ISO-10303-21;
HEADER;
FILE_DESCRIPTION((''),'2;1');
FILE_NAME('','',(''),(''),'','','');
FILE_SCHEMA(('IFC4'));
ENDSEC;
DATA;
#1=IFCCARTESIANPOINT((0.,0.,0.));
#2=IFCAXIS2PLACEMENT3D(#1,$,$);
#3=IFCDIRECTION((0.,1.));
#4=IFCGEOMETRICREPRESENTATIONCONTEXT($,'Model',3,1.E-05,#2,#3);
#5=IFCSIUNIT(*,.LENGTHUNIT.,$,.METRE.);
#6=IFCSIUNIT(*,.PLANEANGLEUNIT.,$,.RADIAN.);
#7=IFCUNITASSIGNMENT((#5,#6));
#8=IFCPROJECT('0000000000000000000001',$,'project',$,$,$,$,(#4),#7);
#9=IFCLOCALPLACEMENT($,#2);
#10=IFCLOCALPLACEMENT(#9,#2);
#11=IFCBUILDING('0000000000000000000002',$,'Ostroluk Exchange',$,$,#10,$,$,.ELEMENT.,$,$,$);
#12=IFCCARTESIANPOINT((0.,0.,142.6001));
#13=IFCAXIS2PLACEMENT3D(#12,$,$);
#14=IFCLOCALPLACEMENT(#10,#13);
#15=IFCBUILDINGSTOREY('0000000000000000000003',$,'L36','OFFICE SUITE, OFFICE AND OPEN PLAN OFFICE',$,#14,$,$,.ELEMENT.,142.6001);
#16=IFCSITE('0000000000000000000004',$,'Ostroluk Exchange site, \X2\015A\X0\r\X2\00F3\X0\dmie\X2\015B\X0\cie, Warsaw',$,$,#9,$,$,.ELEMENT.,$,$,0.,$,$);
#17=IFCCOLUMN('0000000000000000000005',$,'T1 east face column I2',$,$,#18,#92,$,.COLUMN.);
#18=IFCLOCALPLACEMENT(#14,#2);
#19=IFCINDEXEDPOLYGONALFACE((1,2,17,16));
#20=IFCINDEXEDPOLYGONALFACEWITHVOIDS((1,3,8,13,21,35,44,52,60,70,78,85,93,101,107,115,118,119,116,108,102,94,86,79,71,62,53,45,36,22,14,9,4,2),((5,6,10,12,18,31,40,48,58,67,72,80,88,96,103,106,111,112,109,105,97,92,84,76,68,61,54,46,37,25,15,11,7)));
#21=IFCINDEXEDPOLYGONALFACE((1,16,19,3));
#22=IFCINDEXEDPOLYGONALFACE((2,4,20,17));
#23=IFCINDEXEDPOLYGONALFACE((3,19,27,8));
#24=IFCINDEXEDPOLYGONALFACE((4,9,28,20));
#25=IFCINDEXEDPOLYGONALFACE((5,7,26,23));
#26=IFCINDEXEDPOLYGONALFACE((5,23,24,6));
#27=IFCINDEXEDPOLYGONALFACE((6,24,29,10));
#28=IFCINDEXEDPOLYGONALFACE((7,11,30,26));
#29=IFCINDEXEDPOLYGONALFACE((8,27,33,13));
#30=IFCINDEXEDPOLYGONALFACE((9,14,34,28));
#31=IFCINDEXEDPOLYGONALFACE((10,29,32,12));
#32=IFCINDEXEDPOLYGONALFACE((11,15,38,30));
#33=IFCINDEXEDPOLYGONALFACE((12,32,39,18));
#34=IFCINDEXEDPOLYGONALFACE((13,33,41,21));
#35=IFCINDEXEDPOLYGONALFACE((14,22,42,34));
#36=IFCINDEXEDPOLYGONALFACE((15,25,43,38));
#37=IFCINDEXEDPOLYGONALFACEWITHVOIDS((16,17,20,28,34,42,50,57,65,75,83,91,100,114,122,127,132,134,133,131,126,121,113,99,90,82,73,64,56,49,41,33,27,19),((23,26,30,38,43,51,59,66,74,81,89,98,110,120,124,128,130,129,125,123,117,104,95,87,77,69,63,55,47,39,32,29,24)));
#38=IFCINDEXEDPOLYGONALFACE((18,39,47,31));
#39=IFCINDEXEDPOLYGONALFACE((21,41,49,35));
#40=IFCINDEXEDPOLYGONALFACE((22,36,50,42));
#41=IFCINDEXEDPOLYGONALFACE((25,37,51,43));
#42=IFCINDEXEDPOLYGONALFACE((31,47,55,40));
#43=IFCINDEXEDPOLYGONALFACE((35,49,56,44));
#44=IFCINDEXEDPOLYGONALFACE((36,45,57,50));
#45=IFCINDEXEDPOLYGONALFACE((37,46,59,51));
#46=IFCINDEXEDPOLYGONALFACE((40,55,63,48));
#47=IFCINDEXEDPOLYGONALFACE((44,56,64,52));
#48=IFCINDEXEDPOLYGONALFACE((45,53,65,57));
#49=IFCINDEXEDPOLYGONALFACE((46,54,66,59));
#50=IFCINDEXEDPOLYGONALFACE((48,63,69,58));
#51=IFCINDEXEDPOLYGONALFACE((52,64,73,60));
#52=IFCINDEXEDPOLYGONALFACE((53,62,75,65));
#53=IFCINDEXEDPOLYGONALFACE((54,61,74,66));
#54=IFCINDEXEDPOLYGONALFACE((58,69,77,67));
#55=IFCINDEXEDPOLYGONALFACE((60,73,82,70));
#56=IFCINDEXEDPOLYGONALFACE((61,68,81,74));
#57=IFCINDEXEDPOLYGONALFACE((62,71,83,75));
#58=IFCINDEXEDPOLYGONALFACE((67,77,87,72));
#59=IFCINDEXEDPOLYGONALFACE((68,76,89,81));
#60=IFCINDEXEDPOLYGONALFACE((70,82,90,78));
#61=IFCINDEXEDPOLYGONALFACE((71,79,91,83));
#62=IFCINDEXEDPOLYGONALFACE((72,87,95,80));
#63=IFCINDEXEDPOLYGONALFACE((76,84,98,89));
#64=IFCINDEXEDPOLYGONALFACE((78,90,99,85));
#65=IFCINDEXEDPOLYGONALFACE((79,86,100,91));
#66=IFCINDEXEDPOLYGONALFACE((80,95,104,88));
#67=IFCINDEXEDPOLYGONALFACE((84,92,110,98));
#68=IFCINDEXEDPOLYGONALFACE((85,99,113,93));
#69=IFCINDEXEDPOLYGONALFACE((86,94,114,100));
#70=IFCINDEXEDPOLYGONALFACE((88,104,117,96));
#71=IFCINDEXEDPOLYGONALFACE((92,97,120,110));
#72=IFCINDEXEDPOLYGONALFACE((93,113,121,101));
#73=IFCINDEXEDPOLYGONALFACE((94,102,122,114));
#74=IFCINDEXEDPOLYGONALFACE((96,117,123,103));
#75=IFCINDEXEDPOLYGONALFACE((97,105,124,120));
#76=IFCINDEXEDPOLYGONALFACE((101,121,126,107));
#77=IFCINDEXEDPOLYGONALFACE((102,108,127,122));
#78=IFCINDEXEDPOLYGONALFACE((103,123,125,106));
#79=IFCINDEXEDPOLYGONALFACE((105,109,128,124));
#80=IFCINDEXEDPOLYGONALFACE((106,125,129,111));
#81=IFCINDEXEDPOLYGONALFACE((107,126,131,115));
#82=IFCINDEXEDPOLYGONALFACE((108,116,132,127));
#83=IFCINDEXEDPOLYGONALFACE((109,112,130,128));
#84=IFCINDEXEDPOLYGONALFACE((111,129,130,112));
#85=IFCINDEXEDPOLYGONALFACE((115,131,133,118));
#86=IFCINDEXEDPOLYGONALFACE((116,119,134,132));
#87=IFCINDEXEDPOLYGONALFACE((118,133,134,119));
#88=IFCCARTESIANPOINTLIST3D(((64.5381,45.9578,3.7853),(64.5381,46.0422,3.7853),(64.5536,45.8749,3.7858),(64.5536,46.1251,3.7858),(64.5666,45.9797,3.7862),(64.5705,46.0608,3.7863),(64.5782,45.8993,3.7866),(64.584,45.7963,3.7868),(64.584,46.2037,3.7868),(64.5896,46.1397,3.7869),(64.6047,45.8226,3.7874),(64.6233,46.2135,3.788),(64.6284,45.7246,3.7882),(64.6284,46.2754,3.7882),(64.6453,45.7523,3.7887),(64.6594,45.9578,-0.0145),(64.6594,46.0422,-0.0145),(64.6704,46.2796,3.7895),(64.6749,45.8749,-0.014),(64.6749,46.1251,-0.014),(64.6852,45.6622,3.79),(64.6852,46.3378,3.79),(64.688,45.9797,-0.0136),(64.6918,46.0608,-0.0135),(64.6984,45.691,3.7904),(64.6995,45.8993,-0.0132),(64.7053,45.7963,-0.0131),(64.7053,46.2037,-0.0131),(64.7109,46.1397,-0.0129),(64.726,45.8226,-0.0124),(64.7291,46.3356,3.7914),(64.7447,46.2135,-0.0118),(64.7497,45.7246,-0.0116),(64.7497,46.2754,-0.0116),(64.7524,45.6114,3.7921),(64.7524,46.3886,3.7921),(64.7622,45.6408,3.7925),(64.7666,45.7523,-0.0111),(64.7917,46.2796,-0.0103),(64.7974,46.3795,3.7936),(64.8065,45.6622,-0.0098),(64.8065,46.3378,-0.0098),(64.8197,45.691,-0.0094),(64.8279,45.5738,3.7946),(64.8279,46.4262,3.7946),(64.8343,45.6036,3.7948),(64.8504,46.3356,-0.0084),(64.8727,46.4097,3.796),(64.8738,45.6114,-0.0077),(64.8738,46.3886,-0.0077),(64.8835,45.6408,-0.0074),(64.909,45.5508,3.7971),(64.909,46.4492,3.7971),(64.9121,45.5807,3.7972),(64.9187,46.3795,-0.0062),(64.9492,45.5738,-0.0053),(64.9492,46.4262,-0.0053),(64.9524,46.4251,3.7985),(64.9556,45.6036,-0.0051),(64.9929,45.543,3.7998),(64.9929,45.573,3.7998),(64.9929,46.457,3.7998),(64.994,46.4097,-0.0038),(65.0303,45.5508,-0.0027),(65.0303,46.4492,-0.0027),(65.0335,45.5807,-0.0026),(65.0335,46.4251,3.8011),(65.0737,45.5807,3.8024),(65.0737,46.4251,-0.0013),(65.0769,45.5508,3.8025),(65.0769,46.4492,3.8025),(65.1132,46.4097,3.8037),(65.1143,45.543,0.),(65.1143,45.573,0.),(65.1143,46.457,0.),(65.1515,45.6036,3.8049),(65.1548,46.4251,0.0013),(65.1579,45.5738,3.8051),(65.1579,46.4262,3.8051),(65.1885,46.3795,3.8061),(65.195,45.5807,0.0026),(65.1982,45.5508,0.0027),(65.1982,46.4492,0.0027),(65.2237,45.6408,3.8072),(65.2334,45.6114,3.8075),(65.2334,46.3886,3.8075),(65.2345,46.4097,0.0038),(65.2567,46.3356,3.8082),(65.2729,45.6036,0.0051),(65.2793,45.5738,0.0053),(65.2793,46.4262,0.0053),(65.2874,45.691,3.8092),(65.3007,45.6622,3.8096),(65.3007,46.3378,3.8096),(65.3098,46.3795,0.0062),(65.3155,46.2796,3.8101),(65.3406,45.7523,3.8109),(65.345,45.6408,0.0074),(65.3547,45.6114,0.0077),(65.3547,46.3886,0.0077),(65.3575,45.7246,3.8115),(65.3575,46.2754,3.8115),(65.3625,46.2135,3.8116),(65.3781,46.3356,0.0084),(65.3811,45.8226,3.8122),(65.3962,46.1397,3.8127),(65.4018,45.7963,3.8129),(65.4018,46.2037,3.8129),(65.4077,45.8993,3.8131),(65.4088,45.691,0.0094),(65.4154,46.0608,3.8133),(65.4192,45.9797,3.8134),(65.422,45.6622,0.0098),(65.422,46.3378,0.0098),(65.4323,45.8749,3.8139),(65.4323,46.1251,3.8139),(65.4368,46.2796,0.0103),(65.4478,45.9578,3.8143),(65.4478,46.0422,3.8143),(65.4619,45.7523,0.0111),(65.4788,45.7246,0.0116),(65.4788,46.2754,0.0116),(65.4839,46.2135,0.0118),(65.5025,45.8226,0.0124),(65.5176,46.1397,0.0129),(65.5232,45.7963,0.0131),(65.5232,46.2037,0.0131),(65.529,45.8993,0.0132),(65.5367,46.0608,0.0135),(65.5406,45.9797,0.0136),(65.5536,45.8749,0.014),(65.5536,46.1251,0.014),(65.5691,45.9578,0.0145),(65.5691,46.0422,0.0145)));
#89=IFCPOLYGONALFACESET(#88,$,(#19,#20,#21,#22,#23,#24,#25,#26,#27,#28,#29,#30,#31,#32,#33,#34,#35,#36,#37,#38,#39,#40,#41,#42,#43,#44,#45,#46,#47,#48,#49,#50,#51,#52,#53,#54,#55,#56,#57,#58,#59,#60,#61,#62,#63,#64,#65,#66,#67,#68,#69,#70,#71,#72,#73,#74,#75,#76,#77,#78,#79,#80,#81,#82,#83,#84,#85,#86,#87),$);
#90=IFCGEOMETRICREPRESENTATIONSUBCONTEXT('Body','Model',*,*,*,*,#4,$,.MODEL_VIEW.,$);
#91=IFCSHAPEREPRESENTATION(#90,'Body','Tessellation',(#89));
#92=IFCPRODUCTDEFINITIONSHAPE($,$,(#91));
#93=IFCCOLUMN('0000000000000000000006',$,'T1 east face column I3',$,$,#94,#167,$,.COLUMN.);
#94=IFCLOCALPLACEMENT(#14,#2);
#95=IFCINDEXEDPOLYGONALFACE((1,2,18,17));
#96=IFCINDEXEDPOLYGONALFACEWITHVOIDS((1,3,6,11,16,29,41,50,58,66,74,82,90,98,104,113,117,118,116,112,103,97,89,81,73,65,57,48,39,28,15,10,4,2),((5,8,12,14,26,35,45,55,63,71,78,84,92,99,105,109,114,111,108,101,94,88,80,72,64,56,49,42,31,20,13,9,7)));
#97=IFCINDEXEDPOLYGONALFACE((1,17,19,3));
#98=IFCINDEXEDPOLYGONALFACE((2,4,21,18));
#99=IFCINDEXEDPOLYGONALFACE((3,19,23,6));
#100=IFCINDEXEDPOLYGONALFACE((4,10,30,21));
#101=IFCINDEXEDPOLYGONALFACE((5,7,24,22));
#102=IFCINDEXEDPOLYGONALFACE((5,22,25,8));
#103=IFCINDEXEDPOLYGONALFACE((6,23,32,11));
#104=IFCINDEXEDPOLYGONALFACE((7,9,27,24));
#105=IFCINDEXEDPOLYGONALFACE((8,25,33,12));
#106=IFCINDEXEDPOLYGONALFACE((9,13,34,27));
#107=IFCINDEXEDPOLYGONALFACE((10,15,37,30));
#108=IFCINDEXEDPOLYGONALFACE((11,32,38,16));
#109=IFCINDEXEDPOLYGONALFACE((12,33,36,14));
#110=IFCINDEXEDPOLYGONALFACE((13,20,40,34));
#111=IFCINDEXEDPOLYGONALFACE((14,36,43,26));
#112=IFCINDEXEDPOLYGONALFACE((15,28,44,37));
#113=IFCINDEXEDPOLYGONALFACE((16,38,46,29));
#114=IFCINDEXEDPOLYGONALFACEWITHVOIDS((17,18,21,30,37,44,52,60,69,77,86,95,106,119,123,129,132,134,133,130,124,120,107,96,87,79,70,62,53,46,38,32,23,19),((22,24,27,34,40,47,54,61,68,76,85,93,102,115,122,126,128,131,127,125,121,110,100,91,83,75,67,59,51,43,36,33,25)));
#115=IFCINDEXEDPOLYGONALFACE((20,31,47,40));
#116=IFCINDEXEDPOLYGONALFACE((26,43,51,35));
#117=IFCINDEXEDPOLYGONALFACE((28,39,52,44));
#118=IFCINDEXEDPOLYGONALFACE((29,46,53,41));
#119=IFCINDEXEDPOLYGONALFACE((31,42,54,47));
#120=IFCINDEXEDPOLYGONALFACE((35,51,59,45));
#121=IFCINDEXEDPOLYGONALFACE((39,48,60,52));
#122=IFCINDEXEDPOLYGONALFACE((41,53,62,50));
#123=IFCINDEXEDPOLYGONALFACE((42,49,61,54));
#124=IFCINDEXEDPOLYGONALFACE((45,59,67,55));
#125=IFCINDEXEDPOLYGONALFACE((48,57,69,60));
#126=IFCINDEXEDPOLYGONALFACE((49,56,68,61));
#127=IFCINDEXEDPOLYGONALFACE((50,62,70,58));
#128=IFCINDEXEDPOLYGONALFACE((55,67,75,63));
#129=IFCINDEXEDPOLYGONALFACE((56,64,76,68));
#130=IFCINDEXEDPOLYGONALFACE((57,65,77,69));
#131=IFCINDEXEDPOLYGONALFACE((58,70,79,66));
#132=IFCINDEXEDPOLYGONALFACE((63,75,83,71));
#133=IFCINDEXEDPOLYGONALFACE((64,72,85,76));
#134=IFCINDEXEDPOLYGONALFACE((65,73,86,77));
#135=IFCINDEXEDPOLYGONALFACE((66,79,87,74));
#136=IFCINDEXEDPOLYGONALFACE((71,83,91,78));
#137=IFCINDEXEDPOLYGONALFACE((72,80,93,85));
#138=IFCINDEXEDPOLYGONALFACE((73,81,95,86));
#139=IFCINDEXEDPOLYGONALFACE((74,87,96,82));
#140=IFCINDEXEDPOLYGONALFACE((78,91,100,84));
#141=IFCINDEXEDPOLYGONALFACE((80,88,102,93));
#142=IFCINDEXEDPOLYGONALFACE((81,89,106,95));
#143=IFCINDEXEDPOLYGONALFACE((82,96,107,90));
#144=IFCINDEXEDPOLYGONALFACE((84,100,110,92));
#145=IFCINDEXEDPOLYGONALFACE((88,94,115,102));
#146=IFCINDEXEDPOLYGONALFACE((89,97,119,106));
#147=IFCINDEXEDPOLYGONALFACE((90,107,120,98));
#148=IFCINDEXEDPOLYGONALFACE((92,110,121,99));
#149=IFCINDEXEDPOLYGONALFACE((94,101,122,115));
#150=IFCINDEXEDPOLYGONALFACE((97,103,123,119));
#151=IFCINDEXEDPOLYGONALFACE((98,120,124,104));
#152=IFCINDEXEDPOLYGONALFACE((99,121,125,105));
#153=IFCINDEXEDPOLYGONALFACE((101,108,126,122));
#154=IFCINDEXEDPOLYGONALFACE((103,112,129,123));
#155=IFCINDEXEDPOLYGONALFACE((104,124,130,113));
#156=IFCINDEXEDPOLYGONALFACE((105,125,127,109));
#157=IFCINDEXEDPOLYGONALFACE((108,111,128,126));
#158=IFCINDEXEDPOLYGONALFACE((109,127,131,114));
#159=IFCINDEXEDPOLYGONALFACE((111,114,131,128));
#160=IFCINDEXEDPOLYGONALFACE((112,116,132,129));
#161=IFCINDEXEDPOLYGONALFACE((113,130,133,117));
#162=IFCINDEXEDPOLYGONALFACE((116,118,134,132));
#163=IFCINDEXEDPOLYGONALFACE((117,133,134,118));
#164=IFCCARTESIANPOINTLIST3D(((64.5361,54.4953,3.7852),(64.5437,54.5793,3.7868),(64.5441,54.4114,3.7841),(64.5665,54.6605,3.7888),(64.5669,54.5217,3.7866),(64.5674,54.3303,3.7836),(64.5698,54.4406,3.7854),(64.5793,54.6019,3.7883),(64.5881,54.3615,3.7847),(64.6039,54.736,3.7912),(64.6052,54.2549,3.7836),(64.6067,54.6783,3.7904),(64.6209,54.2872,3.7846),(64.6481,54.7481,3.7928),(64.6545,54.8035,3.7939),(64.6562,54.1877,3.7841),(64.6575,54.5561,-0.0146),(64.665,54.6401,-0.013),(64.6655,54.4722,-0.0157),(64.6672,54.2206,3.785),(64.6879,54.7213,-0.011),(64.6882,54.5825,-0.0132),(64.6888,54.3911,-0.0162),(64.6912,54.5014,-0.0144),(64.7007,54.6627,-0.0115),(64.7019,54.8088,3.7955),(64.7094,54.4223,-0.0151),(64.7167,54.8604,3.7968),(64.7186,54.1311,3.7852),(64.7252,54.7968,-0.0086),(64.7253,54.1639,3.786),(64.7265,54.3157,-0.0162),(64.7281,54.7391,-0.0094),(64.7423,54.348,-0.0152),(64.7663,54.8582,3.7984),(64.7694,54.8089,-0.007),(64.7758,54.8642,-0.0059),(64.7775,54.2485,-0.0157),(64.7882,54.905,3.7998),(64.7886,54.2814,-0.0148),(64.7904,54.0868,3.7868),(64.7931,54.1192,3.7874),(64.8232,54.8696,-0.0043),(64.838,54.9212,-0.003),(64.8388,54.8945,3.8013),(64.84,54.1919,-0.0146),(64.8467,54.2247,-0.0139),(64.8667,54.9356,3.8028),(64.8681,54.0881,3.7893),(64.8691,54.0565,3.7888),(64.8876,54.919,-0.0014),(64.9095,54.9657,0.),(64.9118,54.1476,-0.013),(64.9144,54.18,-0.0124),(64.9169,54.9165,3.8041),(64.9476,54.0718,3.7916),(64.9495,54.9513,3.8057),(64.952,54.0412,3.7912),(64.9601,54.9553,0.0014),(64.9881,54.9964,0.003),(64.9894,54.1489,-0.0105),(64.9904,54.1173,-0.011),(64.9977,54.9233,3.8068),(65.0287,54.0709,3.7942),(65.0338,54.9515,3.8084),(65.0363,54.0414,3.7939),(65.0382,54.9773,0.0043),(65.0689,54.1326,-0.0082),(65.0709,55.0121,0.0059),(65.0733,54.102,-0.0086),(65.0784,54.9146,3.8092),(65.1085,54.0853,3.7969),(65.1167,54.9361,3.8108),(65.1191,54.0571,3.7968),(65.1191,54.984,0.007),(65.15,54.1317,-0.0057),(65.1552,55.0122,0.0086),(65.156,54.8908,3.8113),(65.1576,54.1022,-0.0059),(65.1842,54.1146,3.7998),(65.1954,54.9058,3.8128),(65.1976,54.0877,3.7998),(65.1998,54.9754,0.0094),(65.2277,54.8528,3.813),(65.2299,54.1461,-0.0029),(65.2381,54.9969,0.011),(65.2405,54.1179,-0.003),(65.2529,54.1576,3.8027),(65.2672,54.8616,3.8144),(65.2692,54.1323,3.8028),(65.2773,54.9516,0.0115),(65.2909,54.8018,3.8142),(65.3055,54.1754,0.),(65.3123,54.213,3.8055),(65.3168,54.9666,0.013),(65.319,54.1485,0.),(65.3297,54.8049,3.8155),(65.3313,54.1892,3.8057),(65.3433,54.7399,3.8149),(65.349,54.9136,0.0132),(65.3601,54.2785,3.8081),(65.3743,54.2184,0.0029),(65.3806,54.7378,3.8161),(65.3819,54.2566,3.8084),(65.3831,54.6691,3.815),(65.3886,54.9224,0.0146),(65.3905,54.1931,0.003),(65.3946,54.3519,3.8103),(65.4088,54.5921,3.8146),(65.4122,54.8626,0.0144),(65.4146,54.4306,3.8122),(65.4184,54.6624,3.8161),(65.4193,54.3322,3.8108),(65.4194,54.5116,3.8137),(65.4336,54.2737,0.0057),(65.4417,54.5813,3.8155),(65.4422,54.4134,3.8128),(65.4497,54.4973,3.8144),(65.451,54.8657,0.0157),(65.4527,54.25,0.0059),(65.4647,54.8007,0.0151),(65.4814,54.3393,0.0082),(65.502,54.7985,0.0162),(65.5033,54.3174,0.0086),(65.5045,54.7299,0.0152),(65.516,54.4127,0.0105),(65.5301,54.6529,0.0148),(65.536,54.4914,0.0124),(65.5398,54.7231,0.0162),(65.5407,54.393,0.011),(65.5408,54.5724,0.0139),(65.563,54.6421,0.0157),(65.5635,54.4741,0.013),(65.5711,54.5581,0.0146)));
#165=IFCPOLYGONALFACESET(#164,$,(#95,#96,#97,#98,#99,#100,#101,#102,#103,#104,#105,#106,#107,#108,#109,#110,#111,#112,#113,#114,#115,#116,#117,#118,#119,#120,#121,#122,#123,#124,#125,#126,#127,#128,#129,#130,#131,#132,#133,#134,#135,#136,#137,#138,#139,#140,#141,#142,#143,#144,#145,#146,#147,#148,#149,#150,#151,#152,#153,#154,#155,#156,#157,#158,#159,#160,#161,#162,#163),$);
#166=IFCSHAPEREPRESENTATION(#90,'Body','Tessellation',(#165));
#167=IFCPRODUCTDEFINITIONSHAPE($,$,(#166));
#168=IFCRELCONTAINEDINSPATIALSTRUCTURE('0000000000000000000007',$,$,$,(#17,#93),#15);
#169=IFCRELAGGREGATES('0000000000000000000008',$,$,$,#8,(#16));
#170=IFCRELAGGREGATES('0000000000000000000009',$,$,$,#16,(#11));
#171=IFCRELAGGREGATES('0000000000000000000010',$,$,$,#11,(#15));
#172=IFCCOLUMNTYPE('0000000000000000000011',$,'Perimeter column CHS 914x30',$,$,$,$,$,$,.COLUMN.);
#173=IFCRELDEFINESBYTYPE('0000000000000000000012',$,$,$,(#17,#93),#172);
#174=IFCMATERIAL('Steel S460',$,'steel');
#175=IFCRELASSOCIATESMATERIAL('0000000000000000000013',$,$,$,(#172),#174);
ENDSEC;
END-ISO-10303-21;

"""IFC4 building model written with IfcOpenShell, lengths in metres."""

from ifc_helpers import new_model, si_unit, direction, frame, origin, origin_2d, place, context, subcontext, project, spatial, hollow_circle, extrude, material, material_profile, profile_set, type_object, element, save


model = new_model("IFC4")

# Units and contexts
model_context = context("Model", 3, precision=1e-05, world=origin(), true_north=direction((0.0, 1.0)))
body_context = subcontext(model_context, "Body", "Model", "MODEL_VIEW")
ifc_project = project(units=[si_unit("LENGTHUNIT", "METRE"), si_unit("PLANEANGLEUNIT", "RADIAN")], contexts=[model_context])

# Site, building, storey
site_placement = place(None, origin())
site = spatial("IfcSite", under=ifc_project, at=site_placement, Name="Ostroluk Exchange site, Śródmieście, Warsaw", CompositionType="ELEMENT", RefElevation=0.0)
building_placement = place(site_placement, origin())
building = spatial("IfcBuilding", under=site, at=building_placement, Name="Ostroluk Exchange", CompositionType="ELEMENT")
storey_placement = place(building_placement, frame((0.0, 0.0, 142.6001)))
storey = spatial("IfcBuildingStorey", under=building, at=storey_placement, Name="L36", Description="OFFICE SUITE, OFFICE AND OPEN PLAN OFFICE", CompositionType="ELEMENT", Elevation=142.6001)

# Columns
ifc_material_1 = material(Name="Steel S460", Category="steel")
ifc_material_profile_1 = material_profile(ifc_material_1, hollow_circle(Radius=0.457, WallThickness=0.03, at=origin_2d()), Name="CHS 914x30")
ifc_profile_set_1 = profile_set([ifc_material_profile_1], Name="Steel S460")
column_type = type_object("IfcColumnType", Name="Perimeter column CHS 914x30", PredefinedType="COLUMN", material=ifc_profile_set_1)
column_1_placement = place(storey_placement, frame((65.1143, 46.0, 0.0), z_axis=(-0.031916, 0.0, 0.999491), x_axis=(0.0, -1.0, 0.0)))
element("IfcColumn", 1, at=column_1_placement, inside=storey, type_object=column_type, Name="T1 east face column I2", PredefinedType="COLUMN", context=body_context, shape_type="SweptSolid", body=[
    extrude(hollow_circle(Radius=0.457, WallThickness=0.03, at=origin_2d()), origin(), (0.0, 0.0, 1.0), 3.8018),
])
column_2_placement = place(storey_placement, frame((65.1143, 54.5571, 0.0), z_axis=(-0.031912, -0.015988, 0.999363), x_axis=(0.447933, -0.894067, 0.0)))
element("IfcColumn", 2, at=column_2_placement, inside=storey, type_object=column_type, Name="T1 east face column I3", PredefinedType="COLUMN", context=body_context, shape_type="SweptSolid", body=[
    extrude(hollow_circle(Radius=0.457, WallThickness=0.03, at=origin_2d()), origin(), (0.0, 0.0, 1.0), 3.8022),
])

save(model, "model.ifc")
